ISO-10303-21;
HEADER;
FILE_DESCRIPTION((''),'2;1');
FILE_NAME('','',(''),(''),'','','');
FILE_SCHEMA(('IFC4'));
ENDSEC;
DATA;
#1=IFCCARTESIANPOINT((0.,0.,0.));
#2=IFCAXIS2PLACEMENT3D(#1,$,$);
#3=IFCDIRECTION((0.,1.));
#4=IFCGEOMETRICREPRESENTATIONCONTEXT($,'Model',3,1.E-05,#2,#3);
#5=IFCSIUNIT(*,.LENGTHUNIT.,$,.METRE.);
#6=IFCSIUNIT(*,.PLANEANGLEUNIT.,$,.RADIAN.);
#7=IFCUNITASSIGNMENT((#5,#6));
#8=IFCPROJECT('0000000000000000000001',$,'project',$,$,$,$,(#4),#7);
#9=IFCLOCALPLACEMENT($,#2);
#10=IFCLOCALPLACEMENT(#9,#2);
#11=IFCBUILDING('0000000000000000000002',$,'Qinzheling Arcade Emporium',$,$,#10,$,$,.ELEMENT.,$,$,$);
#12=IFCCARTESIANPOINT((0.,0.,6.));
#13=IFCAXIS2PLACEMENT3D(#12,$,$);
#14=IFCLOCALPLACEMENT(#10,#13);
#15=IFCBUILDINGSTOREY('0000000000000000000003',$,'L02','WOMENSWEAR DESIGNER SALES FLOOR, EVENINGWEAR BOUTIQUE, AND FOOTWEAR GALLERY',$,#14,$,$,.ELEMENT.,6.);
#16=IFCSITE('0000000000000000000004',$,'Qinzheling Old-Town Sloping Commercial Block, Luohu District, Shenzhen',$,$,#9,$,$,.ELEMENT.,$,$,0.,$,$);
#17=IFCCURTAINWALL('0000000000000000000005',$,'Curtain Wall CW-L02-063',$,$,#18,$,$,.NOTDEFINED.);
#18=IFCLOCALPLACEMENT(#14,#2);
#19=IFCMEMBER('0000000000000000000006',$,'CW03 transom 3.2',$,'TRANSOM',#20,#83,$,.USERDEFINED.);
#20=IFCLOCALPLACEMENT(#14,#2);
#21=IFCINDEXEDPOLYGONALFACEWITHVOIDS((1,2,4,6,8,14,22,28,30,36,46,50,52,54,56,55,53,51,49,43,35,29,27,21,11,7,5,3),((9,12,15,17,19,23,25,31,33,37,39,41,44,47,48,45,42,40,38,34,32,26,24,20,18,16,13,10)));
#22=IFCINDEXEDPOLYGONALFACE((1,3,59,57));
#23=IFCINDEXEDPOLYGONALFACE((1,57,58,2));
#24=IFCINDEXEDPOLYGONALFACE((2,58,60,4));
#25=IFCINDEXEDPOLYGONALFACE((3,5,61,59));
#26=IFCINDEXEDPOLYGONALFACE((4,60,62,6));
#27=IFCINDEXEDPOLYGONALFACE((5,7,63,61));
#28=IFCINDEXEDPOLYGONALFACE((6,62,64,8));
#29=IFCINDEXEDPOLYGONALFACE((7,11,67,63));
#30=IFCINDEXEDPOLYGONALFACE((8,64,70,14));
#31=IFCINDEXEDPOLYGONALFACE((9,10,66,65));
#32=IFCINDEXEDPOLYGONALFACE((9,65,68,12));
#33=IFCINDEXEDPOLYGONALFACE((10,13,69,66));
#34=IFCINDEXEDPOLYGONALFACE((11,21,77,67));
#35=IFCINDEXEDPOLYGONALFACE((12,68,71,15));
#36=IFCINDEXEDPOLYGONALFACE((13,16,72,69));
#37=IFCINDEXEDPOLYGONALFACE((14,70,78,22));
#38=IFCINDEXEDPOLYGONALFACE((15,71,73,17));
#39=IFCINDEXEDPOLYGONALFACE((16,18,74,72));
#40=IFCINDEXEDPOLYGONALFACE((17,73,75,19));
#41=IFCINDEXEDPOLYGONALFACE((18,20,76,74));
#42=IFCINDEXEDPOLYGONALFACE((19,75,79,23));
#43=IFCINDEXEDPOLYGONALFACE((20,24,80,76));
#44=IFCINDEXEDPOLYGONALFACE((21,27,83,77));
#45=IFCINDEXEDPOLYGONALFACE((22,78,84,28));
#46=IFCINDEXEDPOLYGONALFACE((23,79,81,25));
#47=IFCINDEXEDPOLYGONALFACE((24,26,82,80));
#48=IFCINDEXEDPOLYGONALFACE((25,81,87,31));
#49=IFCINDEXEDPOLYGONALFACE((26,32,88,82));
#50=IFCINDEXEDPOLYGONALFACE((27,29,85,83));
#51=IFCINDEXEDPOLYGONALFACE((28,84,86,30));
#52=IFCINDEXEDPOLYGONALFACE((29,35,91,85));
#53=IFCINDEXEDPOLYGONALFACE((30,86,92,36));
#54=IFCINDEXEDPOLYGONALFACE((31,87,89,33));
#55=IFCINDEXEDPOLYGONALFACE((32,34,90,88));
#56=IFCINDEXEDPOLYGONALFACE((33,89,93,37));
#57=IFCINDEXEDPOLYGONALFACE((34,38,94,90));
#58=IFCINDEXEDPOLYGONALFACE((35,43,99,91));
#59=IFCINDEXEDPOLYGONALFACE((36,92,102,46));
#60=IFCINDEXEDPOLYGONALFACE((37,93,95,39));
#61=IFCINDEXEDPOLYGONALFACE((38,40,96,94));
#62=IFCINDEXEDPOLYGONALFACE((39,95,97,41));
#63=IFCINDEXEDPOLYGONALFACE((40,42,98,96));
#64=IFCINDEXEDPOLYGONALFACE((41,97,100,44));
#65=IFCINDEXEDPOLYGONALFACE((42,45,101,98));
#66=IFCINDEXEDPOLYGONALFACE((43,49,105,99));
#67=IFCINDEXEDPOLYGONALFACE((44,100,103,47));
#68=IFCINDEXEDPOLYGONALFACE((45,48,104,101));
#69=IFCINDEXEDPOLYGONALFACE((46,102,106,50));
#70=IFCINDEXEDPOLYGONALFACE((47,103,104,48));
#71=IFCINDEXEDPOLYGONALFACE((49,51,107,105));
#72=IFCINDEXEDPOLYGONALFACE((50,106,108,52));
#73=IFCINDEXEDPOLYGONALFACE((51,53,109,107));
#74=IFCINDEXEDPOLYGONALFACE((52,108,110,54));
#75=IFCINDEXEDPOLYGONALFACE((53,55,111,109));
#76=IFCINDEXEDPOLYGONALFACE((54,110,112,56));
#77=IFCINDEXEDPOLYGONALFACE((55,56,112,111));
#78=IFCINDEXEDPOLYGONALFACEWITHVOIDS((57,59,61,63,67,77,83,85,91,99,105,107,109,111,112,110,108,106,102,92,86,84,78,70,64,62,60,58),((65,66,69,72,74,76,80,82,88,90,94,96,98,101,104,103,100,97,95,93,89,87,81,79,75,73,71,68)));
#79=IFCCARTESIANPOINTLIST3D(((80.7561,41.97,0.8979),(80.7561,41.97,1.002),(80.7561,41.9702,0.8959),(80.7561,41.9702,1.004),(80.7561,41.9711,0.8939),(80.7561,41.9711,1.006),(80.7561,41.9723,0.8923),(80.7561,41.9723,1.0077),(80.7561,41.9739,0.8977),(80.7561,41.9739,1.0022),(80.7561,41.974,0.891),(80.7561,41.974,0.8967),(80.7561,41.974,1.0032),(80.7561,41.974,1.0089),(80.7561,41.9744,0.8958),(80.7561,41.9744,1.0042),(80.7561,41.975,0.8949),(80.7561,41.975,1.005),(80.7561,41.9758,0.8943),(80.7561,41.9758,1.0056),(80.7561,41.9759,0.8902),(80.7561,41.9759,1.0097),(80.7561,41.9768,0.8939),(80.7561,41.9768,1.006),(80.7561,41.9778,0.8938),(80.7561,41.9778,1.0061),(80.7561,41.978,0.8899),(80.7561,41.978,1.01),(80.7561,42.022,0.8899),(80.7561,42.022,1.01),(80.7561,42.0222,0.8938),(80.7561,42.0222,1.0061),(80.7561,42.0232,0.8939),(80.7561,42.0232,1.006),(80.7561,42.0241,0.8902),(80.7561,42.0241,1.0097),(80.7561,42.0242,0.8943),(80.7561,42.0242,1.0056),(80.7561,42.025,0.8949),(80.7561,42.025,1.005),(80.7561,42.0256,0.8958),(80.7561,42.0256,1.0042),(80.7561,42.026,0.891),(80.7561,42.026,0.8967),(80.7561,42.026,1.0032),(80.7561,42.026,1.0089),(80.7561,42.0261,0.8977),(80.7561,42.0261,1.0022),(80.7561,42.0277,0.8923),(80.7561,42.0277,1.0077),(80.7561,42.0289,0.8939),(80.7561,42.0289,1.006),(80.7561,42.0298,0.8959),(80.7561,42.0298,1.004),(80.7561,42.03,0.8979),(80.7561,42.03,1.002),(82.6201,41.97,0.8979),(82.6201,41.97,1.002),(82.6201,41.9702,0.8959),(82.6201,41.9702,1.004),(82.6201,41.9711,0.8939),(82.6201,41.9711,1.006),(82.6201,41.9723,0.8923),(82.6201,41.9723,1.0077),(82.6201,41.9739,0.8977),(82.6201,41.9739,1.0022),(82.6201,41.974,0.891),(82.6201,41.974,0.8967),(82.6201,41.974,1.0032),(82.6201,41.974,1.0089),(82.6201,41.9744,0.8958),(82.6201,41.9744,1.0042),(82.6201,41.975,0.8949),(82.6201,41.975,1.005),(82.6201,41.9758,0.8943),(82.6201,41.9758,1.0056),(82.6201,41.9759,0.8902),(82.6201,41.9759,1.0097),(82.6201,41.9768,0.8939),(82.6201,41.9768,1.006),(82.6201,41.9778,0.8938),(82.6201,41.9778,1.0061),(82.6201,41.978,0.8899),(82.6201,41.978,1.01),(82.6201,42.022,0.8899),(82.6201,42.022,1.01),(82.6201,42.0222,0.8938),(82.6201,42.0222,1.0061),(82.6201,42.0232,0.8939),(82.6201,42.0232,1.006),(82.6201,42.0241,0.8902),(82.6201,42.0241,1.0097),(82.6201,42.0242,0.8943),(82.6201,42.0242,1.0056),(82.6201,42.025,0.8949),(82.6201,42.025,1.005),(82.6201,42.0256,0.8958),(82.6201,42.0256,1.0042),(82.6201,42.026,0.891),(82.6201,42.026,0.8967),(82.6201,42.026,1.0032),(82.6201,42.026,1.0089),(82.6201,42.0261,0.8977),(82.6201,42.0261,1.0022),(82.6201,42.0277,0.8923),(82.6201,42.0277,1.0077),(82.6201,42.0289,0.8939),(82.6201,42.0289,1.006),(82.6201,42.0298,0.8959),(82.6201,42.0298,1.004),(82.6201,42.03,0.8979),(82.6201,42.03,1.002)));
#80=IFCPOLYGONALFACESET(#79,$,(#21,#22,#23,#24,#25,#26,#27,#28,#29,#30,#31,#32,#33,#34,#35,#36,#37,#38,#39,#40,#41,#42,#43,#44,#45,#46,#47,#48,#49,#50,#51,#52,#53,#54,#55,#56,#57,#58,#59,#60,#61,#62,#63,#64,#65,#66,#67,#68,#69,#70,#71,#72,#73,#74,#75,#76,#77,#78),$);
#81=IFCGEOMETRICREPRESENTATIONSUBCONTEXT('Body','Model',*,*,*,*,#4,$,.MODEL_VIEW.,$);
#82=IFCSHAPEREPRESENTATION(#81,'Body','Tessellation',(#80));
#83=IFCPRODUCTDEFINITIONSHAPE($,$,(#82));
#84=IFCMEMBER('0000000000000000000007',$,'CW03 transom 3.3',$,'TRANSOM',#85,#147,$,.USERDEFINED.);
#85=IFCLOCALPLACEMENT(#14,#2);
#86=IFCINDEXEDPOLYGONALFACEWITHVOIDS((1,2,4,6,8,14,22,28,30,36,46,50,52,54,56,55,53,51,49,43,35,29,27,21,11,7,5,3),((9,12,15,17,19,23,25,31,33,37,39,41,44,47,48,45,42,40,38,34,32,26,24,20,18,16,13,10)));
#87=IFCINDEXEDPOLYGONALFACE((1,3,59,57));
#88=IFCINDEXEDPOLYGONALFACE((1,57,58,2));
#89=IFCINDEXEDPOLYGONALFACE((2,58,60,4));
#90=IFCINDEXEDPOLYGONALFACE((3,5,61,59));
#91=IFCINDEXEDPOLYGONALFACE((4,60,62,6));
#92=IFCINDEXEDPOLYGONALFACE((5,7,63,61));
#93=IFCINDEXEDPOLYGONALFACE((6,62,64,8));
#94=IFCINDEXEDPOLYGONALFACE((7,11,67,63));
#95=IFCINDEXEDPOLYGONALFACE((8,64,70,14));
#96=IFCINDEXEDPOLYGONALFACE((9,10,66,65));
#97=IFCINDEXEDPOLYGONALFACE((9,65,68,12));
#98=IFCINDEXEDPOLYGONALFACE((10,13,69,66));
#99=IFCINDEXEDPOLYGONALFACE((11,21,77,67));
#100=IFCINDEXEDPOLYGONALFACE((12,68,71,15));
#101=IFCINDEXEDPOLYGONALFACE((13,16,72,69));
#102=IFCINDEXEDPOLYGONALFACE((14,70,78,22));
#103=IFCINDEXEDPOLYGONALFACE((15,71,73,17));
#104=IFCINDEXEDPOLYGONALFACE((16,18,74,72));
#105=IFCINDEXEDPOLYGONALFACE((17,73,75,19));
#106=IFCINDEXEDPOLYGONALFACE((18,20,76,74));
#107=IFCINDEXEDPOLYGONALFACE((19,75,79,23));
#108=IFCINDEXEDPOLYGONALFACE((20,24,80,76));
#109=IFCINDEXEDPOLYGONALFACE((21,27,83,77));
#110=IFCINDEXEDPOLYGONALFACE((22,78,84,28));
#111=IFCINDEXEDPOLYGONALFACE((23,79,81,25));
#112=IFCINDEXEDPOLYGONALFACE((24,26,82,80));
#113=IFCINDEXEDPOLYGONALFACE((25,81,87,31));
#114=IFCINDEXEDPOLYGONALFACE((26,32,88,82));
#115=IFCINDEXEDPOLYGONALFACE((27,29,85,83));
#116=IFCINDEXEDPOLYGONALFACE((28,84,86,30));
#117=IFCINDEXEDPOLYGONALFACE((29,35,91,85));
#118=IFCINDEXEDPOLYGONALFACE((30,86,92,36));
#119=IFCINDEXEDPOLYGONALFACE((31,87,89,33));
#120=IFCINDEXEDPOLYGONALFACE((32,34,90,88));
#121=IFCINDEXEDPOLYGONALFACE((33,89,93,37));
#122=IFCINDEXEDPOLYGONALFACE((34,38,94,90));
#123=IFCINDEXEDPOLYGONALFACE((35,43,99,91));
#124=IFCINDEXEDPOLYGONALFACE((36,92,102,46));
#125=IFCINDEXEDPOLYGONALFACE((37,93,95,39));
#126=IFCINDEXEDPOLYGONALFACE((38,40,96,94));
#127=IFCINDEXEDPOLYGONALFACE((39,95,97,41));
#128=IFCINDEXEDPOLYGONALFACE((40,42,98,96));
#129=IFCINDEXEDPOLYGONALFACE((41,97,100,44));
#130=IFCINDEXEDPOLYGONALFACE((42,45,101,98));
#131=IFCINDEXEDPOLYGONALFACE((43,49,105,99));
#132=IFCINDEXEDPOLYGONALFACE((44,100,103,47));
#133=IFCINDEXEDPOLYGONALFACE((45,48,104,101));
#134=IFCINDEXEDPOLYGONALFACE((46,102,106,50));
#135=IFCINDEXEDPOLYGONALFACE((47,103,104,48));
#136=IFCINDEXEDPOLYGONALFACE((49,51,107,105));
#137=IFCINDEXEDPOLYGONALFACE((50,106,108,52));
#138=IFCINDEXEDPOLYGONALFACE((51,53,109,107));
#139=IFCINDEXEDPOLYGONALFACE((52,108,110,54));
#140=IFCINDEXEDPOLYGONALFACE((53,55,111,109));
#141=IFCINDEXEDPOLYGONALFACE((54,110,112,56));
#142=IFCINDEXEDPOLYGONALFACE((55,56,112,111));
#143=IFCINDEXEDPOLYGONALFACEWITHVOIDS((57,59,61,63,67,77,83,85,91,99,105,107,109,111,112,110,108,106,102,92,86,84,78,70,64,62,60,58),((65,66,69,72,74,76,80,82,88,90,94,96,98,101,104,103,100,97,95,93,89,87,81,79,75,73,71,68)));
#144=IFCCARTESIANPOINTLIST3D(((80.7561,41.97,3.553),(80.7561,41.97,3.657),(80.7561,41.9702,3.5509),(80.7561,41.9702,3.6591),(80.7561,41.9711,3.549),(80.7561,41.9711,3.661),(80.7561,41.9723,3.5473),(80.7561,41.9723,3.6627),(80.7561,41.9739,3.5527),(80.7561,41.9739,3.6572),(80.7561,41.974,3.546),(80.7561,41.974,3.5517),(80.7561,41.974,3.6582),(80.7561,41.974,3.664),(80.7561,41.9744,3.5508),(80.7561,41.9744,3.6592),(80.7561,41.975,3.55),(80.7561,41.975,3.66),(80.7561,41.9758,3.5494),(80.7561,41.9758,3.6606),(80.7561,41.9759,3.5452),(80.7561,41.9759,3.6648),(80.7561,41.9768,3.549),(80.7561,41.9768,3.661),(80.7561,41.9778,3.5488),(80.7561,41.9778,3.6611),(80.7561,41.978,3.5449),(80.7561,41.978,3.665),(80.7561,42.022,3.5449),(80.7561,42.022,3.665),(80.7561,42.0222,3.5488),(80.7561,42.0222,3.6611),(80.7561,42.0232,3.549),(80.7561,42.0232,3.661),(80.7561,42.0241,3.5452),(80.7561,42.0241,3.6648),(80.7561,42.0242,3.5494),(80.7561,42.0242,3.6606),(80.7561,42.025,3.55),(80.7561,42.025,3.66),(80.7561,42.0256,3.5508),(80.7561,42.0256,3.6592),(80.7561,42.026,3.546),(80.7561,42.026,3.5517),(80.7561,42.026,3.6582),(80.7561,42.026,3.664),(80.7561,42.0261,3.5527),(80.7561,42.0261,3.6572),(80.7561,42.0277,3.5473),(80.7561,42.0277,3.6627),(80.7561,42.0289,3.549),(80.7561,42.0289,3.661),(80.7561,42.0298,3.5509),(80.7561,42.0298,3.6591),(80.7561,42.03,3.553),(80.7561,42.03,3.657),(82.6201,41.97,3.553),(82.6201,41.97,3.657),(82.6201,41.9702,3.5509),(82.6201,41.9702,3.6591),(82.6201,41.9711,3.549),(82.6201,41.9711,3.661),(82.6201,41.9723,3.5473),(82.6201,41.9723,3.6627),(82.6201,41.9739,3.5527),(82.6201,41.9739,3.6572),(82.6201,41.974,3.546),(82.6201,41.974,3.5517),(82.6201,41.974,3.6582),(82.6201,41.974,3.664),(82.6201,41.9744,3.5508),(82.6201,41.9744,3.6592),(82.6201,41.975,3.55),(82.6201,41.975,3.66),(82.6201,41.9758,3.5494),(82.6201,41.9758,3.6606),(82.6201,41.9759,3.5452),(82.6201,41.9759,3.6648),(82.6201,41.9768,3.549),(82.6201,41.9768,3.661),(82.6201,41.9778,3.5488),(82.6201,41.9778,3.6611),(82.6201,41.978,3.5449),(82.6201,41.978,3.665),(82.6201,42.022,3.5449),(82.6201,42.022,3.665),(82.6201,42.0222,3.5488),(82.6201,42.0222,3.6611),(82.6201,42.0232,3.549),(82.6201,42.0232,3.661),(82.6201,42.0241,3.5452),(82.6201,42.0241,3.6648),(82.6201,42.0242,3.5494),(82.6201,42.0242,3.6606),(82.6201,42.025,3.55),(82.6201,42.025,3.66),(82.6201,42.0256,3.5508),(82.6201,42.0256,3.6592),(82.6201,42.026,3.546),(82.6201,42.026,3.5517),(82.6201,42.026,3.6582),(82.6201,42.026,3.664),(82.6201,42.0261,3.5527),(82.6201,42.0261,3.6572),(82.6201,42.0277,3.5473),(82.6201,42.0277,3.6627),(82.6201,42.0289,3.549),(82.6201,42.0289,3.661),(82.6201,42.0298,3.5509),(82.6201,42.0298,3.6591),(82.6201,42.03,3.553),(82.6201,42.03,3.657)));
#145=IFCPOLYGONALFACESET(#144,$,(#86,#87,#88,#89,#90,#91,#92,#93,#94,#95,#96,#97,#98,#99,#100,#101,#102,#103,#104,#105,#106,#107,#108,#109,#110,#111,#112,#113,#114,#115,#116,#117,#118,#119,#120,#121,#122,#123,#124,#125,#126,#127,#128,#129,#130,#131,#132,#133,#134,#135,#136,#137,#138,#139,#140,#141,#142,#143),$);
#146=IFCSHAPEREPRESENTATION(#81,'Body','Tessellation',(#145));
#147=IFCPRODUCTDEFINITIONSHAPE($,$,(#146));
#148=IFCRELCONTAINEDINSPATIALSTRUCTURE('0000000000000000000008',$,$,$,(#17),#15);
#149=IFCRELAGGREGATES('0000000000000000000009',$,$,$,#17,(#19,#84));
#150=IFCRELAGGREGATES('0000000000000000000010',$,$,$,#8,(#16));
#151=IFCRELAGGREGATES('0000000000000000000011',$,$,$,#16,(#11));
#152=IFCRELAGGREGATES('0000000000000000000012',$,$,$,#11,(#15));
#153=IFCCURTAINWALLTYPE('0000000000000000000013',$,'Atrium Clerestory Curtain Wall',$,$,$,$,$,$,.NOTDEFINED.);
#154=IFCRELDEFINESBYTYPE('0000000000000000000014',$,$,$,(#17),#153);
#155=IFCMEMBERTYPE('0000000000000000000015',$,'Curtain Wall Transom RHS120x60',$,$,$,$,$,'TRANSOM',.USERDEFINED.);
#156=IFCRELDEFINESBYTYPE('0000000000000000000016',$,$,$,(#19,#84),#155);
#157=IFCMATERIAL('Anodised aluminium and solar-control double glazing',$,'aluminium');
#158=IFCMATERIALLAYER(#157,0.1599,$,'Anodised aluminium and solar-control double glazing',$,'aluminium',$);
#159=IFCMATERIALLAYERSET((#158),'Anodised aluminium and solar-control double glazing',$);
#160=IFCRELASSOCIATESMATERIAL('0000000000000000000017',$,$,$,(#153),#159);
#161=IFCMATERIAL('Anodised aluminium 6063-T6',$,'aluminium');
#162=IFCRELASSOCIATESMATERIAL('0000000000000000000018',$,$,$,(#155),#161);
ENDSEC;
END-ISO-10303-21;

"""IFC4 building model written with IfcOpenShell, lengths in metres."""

from ifc_helpers import new_model, si_unit, direction, frame, origin, origin_2d, place, context, subcontext, project, spatial, hollow_rectangle, extrude, material, layer, layer_set, material_profile, profile_set, type_object, element, aggregate, save


model = new_model("IFC4")

# Units and contexts
model_context = context("Model", 3, precision=1e-05, world=origin(), true_north=direction((0.0, 1.0)))
body_context = subcontext(model_context, "Body", "Model", "MODEL_VIEW")
ifc_project = project(units=[si_unit("LENGTHUNIT", "METRE"), si_unit("PLANEANGLEUNIT", "RADIAN")], contexts=[model_context])

# Site, building, storey
site_placement = place(None, origin())
site = spatial("IfcSite", under=ifc_project, at=site_placement, Name="Qinzheling Old-Town Sloping Commercial Block, Luohu District, Shenzhen", CompositionType="ELEMENT", RefElevation=0.0)
building_placement = place(site_placement, origin())
building = spatial("IfcBuilding", under=site, at=building_placement, Name="Qinzheling Arcade Emporium", CompositionType="ELEMENT")
storey_placement = place(building_placement, frame((0.0, 0.0, 6.0)))
storey = spatial("IfcBuildingStorey", under=building, at=storey_placement, Name="L02", Description="WOMENSWEAR DESIGNER SALES FLOOR, EVENINGWEAR BOUTIQUE, AND FOOTWEAR GALLERY", CompositionType="ELEMENT", Elevation=6.0)

# Curtain wall
ifc_material_1 = material(Name="Anodised aluminium and solar-control double glazing", Category="aluminium")
ifc_layer_1 = layer(ifc_material_1, 0.1599, Name="Anodised aluminium and solar-control double glazing", Category="aluminium")
ifc_layer_set_1 = layer_set([ifc_layer_1], Name="Anodised aluminium and solar-control double glazing")
curtain_wall_type = type_object("IfcCurtainWallType", Name="Atrium Clerestory Curtain Wall", PredefinedType="NOTDEFINED", material=ifc_layer_set_1)
curtain_wall_1_placement = place(storey_placement, origin())
curtain_wall_1 = element("IfcCurtainWall", 1, at=curtain_wall_1_placement, inside=storey, type_object=curtain_wall_type, Name="Curtain Wall CW-L02-063", PredefinedType="NOTDEFINED")
ifc_material_2 = material(Name="Anodised aluminium 6063-T6", Category="aluminium")

# Members
ifc_material_profile_1 = material_profile(ifc_material_2, hollow_rectangle(XDim=0.0601, YDim=0.1201, WallThickness=0.0039, InnerFilletRadius=0.0039, OuterFilletRadius=0.0081, at=origin_2d()), Name="RHS 120x60x4", Category="aluminium")
ifc_profile_set_1 = profile_set([ifc_material_profile_1], Name="Anodised aluminium 6063-T6")
member_type_1 = type_object("IfcMemberType", Name="Curtain Wall Transom RHS120x60", ElementType="TRANSOM", PredefinedType="USERDEFINED", material=ifc_profile_set_1)
member_1_placement = place(storey_placement, frame((82.6201, 42.0, 0.95), z_axis=(-1.0, 0.0, 0.0), x_axis=(0.0, -1.0, 0.0)))
member_1 = element("IfcMember", 2, at=member_1_placement, type_object=member_type_1, Name="CW03 transom 3.2", ObjectType="TRANSOM", PredefinedType="USERDEFINED", context=body_context, shape_type="SweptSolid", body=[
    extrude(hollow_rectangle(XDim=0.0601, YDim=0.1201, WallThickness=0.0039, InnerFilletRadius=0.0039, OuterFilletRadius=0.0081, at=origin_2d()), origin(), (0.0, 0.0, 1.0), 1.864),
])
member_2_placement = place(storey_placement, frame((82.6201, 42.0, 3.605), z_axis=(-1.0, 0.0, 0.0), x_axis=(0.0, -1.0, 0.0)))
member_2 = element("IfcMember", 3, at=member_2_placement, type_object=member_type_1, Name="CW03 transom 3.3", ObjectType="TRANSOM", PredefinedType="USERDEFINED", context=body_context, shape_type="SweptSolid", body=[
    extrude(hollow_rectangle(XDim=0.0601, YDim=0.1201, WallThickness=0.0039, InnerFilletRadius=0.0039, OuterFilletRadius=0.0081, at=origin_2d()), origin(), (0.0, 0.0, 1.0), 1.864),
])

aggregate(curtain_wall_1, [member_1, member_2])

save(model, "model.ifc")
